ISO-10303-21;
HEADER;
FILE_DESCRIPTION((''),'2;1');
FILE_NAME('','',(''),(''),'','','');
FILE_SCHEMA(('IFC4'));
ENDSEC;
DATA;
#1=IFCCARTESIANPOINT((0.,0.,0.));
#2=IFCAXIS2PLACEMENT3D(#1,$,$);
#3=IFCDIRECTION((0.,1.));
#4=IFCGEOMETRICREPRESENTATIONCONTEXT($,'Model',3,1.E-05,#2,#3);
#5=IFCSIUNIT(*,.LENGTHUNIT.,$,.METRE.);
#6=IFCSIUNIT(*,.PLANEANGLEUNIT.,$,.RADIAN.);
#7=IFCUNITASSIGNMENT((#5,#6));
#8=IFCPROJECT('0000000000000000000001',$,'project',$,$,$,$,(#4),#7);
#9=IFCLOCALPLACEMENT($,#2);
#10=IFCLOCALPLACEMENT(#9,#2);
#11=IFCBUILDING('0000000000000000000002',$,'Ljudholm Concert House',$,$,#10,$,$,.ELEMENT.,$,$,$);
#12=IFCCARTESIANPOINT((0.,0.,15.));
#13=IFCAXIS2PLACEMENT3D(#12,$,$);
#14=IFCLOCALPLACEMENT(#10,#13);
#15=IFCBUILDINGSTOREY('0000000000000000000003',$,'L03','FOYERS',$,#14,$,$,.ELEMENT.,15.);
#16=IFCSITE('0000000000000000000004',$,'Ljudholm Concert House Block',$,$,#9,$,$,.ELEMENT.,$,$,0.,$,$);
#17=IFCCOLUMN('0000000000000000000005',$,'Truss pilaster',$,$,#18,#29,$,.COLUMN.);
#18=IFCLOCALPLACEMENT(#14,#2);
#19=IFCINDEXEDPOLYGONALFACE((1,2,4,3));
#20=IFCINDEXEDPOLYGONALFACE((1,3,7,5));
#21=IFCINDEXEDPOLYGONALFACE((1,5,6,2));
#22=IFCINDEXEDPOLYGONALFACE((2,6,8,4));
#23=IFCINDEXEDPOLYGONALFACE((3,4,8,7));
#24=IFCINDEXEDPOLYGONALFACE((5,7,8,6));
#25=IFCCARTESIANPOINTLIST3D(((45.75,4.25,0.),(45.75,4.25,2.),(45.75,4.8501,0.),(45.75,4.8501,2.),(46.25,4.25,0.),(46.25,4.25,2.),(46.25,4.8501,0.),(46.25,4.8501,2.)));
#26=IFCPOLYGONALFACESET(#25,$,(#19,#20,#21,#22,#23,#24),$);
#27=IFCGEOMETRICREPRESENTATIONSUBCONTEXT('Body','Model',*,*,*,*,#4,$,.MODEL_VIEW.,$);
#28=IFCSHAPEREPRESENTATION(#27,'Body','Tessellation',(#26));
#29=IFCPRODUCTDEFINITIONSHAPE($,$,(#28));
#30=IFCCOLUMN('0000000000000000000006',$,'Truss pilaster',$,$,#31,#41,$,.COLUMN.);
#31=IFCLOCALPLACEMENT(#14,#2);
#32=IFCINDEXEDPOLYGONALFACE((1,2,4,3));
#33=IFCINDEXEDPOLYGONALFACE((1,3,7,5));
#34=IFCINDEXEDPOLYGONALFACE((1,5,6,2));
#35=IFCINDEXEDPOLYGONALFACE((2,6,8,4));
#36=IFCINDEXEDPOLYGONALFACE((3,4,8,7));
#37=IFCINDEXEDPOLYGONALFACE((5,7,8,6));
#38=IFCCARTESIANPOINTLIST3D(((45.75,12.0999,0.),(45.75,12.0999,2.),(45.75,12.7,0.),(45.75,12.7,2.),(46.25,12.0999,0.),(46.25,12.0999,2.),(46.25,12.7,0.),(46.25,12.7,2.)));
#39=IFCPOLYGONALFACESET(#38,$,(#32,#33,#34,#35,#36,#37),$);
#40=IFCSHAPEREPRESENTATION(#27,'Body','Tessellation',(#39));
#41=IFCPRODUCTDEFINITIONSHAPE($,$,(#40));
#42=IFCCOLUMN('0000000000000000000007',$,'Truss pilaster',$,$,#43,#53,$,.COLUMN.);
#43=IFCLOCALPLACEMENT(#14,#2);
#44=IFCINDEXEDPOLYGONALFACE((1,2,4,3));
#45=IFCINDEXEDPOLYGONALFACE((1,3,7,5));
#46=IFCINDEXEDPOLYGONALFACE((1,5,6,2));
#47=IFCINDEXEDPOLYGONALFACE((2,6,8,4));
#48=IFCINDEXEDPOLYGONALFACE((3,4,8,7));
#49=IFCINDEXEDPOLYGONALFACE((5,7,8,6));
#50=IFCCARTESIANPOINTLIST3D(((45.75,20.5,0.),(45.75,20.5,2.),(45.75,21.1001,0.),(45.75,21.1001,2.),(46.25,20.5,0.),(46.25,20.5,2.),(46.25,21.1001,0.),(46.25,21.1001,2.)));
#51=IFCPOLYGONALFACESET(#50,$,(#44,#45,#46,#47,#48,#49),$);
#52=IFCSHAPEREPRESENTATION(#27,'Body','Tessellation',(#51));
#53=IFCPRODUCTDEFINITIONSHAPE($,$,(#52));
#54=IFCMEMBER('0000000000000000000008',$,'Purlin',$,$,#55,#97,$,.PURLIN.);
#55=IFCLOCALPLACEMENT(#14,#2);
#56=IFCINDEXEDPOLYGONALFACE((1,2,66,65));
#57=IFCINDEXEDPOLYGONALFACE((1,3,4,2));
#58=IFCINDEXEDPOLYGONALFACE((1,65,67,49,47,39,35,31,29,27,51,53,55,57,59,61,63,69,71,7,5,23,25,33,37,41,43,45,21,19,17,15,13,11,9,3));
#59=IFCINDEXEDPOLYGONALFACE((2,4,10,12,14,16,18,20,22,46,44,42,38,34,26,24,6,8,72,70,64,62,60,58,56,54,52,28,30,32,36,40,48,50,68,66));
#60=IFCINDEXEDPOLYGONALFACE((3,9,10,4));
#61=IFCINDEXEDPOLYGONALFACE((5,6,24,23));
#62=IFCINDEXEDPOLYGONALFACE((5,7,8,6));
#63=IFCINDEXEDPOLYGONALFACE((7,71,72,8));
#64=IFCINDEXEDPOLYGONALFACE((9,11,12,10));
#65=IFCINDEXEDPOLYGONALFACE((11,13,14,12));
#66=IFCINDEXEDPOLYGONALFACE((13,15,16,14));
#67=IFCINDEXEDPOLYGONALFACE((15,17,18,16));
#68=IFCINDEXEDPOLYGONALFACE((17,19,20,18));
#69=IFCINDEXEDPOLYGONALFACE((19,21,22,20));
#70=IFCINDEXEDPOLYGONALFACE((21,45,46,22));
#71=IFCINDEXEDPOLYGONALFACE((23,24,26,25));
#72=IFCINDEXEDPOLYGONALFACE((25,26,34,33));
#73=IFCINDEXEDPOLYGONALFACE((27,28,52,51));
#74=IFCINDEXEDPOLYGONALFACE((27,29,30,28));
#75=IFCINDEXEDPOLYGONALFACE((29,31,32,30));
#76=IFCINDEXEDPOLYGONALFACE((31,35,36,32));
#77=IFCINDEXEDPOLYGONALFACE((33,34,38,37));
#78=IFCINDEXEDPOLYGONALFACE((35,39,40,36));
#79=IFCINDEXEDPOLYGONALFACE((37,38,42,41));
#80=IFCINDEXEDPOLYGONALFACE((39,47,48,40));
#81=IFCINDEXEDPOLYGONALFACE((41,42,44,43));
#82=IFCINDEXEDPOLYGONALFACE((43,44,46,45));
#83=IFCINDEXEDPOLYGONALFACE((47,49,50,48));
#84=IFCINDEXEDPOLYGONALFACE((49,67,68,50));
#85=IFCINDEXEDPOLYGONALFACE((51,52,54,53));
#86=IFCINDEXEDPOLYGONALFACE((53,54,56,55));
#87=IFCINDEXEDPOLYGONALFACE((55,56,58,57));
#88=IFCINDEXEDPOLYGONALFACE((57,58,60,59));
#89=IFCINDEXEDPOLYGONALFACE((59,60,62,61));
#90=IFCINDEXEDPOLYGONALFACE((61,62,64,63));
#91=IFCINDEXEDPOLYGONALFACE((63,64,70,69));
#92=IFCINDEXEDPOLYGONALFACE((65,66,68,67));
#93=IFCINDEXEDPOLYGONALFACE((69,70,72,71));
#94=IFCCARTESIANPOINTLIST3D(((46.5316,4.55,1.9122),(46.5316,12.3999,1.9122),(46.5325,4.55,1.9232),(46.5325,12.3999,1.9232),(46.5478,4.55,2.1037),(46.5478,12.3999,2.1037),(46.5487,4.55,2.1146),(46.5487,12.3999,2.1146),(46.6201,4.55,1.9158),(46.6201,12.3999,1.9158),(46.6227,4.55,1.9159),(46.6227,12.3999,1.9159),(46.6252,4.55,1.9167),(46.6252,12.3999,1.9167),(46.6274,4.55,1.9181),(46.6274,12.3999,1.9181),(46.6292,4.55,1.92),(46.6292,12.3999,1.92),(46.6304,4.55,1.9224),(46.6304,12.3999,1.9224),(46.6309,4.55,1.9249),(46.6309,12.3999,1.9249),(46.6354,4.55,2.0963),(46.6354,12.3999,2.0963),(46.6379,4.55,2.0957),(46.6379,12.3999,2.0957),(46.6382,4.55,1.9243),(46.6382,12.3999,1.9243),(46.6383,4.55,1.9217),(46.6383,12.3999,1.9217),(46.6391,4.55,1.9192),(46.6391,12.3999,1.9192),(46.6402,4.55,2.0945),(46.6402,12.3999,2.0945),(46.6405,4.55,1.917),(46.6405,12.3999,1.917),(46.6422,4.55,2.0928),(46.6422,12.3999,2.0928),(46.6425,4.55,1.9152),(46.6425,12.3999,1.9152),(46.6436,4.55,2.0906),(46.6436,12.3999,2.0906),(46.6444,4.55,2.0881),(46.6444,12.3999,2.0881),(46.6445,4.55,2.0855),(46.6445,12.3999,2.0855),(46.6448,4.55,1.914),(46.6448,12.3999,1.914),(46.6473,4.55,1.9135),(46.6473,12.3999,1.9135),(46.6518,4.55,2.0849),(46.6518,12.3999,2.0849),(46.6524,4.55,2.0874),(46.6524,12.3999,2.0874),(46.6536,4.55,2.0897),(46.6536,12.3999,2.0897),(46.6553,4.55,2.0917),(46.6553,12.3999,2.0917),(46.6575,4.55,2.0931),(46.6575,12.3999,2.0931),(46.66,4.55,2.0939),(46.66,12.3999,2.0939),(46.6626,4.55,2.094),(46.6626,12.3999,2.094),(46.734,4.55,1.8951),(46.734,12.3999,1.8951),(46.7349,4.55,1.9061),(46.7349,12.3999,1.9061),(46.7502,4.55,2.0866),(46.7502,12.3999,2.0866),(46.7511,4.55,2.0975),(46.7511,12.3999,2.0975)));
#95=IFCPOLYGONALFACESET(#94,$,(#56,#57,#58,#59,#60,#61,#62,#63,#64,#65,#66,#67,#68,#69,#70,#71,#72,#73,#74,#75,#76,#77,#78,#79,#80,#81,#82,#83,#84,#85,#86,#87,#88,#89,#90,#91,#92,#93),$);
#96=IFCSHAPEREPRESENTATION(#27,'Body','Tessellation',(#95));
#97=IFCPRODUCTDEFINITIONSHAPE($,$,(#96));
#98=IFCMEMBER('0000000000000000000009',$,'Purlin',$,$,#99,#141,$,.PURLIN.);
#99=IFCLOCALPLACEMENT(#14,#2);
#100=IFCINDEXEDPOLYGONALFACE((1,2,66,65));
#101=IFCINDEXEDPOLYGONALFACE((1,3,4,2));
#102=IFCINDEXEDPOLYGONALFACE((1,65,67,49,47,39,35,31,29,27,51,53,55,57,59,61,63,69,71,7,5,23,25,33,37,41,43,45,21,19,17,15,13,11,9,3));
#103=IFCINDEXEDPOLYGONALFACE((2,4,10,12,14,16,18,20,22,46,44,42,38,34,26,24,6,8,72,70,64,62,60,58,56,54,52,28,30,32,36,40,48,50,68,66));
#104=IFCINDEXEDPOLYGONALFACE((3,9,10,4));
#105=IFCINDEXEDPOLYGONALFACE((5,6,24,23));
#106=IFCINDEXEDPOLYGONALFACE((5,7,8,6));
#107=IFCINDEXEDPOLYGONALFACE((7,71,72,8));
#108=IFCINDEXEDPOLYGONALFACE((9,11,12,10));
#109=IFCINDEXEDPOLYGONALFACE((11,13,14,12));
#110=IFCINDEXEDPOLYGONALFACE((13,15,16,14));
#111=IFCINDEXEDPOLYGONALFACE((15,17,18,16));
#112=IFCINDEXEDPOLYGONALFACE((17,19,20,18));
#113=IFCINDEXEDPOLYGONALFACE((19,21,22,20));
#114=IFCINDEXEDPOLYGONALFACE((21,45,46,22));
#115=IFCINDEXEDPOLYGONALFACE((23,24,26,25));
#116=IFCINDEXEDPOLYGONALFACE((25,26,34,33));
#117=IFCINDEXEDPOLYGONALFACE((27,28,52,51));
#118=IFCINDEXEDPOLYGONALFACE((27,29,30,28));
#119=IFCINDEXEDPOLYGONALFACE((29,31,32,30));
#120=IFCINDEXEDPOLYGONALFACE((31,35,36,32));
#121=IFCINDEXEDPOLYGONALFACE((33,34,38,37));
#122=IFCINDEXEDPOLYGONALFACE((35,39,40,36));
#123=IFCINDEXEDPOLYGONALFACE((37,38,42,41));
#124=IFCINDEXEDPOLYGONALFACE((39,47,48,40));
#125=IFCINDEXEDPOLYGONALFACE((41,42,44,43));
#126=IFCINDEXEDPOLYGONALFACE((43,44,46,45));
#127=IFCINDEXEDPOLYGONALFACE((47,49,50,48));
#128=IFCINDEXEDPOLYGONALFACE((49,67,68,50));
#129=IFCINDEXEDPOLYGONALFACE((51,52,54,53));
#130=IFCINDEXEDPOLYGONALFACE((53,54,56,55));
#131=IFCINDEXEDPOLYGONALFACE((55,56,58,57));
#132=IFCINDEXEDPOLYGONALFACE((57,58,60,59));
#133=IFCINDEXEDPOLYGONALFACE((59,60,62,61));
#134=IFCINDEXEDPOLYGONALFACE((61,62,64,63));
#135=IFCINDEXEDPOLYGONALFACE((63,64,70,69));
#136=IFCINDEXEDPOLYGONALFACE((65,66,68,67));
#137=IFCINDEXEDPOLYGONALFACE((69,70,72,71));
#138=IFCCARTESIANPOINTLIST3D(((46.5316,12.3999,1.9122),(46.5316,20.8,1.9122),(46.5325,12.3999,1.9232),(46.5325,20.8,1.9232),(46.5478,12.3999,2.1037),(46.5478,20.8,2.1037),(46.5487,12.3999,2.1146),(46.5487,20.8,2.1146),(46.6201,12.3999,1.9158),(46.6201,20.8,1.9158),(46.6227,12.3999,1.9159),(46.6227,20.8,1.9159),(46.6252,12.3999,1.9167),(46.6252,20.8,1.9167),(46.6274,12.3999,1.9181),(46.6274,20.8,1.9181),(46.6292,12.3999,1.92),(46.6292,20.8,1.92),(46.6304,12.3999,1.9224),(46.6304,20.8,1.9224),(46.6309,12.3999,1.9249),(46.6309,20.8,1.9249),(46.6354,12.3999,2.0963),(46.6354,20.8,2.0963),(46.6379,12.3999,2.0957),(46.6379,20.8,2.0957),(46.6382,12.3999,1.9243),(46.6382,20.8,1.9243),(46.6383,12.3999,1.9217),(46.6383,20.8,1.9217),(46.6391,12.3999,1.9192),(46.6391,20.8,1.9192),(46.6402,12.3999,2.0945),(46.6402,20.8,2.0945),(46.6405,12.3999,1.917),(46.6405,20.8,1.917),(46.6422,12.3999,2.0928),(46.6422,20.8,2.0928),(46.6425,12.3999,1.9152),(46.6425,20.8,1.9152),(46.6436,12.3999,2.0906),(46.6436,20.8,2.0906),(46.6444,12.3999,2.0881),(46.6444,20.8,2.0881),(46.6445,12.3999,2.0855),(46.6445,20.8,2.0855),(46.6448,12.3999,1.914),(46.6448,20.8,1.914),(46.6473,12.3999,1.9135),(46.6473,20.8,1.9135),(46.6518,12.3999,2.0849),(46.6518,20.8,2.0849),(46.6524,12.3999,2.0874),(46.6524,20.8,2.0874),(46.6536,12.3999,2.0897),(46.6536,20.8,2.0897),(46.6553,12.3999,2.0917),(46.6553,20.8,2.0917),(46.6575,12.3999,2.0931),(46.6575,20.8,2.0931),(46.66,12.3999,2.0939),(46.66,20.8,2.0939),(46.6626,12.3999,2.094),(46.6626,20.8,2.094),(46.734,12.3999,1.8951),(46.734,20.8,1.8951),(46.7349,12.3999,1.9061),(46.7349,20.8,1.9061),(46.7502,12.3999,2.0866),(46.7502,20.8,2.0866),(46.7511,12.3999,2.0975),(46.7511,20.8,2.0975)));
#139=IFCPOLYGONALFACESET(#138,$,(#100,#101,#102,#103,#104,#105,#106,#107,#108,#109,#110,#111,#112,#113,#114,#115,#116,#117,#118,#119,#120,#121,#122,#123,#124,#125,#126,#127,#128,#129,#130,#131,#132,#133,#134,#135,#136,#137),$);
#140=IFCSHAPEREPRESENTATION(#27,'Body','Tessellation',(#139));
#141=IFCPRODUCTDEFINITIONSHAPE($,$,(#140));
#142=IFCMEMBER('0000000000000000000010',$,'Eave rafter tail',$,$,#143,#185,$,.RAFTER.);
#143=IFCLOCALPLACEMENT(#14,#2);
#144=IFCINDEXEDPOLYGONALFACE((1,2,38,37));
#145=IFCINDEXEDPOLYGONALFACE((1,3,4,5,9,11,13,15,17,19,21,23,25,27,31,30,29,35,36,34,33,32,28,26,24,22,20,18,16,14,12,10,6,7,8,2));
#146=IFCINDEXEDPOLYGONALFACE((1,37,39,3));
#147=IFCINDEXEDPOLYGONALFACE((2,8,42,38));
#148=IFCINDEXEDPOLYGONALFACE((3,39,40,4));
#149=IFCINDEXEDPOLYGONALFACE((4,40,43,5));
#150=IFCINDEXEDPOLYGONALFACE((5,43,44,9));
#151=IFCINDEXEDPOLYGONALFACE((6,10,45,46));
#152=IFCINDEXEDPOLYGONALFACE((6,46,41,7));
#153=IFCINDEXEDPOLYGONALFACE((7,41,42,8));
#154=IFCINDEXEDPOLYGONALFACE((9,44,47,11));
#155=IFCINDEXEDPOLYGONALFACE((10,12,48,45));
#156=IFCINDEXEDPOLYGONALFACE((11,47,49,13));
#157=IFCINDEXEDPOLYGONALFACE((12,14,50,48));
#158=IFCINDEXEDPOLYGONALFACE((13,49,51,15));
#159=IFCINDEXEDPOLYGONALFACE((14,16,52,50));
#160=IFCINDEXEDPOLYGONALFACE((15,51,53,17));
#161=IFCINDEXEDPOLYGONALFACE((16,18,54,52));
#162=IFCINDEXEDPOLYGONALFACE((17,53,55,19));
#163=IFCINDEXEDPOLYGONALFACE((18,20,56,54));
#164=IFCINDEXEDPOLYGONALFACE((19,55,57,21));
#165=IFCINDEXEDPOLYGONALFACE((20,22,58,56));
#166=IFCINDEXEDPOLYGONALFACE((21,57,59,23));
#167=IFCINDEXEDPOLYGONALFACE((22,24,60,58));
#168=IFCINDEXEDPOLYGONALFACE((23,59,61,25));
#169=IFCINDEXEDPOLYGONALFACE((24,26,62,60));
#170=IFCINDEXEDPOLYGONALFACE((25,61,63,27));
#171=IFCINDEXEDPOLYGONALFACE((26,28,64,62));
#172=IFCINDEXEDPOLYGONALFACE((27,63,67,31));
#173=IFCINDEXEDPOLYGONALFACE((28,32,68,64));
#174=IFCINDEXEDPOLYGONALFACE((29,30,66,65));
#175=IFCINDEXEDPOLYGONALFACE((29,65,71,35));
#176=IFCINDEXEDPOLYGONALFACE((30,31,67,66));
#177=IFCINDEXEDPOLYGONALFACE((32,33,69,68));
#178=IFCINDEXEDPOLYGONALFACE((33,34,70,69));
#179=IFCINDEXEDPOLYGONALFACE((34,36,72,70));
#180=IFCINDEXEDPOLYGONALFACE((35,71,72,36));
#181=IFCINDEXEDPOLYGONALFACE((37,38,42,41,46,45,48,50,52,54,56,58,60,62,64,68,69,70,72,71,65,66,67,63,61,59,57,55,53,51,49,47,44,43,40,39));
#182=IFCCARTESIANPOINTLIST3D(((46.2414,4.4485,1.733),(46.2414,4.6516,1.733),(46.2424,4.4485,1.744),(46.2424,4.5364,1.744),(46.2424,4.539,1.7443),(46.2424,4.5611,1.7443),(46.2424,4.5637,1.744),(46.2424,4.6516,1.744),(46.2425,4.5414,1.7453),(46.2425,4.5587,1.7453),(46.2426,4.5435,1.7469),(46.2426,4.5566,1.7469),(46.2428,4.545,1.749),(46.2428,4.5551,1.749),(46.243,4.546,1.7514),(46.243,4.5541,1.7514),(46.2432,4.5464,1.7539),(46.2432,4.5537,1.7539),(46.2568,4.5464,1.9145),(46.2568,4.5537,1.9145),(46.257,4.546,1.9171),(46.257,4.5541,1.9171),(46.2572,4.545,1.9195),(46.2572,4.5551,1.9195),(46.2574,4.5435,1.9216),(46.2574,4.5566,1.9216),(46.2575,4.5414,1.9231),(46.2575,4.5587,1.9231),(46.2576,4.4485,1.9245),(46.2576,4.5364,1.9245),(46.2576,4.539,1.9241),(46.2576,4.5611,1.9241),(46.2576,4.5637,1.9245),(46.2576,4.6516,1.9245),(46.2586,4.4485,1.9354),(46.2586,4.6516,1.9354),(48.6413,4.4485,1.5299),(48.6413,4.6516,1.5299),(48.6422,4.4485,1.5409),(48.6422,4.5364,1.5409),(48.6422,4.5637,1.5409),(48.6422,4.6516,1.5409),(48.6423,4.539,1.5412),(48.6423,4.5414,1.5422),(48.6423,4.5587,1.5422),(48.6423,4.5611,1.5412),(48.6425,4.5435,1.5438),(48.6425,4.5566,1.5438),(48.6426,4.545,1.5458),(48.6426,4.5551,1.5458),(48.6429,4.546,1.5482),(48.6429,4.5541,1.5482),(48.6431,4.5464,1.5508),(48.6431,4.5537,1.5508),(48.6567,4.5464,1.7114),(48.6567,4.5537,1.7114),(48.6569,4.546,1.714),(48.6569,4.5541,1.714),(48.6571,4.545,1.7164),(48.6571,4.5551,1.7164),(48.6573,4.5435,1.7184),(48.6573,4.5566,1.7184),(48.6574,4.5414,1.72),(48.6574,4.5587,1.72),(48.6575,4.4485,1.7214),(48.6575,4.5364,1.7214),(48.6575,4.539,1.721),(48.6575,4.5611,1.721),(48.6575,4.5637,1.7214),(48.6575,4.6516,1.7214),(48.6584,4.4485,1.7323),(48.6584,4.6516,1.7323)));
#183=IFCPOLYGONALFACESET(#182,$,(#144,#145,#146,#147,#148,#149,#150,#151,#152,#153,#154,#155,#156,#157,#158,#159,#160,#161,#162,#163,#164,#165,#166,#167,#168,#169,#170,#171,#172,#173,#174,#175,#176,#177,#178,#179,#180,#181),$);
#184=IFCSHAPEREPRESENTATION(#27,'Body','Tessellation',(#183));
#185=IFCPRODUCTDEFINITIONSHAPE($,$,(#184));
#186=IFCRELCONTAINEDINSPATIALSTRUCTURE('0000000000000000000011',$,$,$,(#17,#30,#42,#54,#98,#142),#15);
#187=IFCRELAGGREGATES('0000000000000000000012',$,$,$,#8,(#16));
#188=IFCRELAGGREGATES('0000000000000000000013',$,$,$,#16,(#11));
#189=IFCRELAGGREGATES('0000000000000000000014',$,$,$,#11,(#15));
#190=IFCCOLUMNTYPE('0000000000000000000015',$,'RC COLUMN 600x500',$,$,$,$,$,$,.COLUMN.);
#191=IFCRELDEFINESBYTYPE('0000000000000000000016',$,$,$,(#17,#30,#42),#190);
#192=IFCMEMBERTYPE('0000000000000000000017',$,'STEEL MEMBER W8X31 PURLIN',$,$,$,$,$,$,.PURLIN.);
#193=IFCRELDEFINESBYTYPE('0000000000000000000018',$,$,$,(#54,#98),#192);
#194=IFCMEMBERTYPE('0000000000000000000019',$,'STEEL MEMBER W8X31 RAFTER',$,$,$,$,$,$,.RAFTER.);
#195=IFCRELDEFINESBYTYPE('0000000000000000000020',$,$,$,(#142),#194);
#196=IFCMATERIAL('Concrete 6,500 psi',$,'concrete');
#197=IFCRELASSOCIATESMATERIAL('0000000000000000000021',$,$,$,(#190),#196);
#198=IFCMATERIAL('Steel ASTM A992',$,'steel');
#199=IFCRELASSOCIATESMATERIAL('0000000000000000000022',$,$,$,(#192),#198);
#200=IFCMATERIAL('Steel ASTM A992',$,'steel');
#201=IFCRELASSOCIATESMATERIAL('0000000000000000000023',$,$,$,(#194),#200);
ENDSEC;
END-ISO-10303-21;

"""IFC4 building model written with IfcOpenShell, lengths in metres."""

from ifc_helpers import new_model, si_unit, direction, frame, origin, origin_2d, place, context, subcontext, project, spatial, rectangle, i_section, extrude, material, material_profile, profile_set, type_object, element, save


model = new_model("IFC4")

# Units and contexts
model_context = context("Model", 3, precision=1e-05, world=origin(), true_north=direction((0.0, 1.0)))
body_context = subcontext(model_context, "Body", "Model", "MODEL_VIEW")
ifc_project = project(units=[si_unit("LENGTHUNIT", "METRE"), si_unit("PLANEANGLEUNIT", "RADIAN")], contexts=[model_context])

# Site, building, storey
site_placement = place(None, origin())
site = spatial("IfcSite", under=ifc_project, at=site_placement, Name="Ljudholm Concert House Block", CompositionType="ELEMENT", RefElevation=0.0)
building_placement = place(site_placement, origin())
building = spatial("IfcBuilding", under=site, at=building_placement, Name="Ljudholm Concert House", CompositionType="ELEMENT")
storey_placement = place(building_placement, frame((0.0, 0.0, 15.0)))
storey = spatial("IfcBuildingStorey", under=building, at=storey_placement, Name="L03", Description="FOYERS", CompositionType="ELEMENT", Elevation=15.0)

# Columns
ifc_material_1 = material(Name="Concrete 6,500 psi", Category="concrete")
ifc_material_profile_1 = material_profile(ifc_material_1, rectangle(XDim=0.6001, YDim=0.5, at=origin_2d()), Name="RC COLUMN 600x500")
ifc_profile_set_1 = profile_set([ifc_material_profile_1], Name="Concrete 6,500 psi")
column_type = type_object("IfcColumnType", Name="RC COLUMN 600x500", PredefinedType="COLUMN", material=ifc_profile_set_1)
for number, where, z_axis, x_axis, name in (
    (1, (46.0, 4.55, 0.0), (0.0, 0.0, 1.0), (0.0, 1.0, 0.0), "Truss pilaster"),
    (2, (46.0, 12.3999, 0.0), (0.0, 0.0, 1.0), (0.0, 1.0, 0.0), "Truss pilaster"),
    (3, (46.0, 20.8, 0.0), (0.0, 0.0, 1.0), (0.0, 1.0, 0.0), "Truss pilaster"),
):
    element("IfcColumn", number, at=place(storey_placement, frame(where, z_axis=z_axis, x_axis=x_axis)), inside=storey, type_object=column_type, Name=name, PredefinedType="COLUMN", context=body_context, shape_type="SweptSolid", body=[
        extrude(rectangle(XDim=0.6001, YDim=0.5, at=origin_2d()), origin(), (0.0, 0.0, 1.0), 2.0),
    ])

# Members
ifc_material_2 = material(Name="Steel ASTM A992", Category="steel")
ifc_material_profile_2 = material_profile(ifc_material_2, i_section(OverallWidth=0.2031, OverallDepth=0.2031, WebThickness=0.0073, FlangeThickness=0.011, FilletRadius=0.01, at=origin_2d()), Name="W8X31")
ifc_profile_set_2 = profile_set([ifc_material_profile_2], Name="Steel ASTM A992")
member_type_1 = type_object("IfcMemberType", Name="STEEL MEMBER W8X31 PURLIN", PredefinedType="PURLIN", material=ifc_profile_set_2)
member_1_placement = place(storey_placement, frame((46.6414, 4.55, 2.0049), z_axis=(0.0, 1.0, 0.0), x_axis=(-0.996441, 0.0, 0.084291)))
element("IfcMember", 4, at=member_1_placement, inside=storey, type_object=member_type_1, Name="Purlin", PredefinedType="PURLIN", context=body_context, shape_type="SweptSolid", body=[
    extrude(i_section(OverallWidth=0.2031, OverallDepth=0.2031, WebThickness=0.0073, FlangeThickness=0.011, FilletRadius=0.01, at=origin_2d()), origin(), (0.0, 0.0, 1.0), 7.8499),
])
member_2_placement = place(storey_placement, frame((46.6414, 12.3999, 2.0049), z_axis=(0.0, 1.0, 0.0), x_axis=(-0.996441, 0.0, 0.084291)))
element("IfcMember", 5, at=member_2_placement, inside=storey, type_object=member_type_1, Name="Purlin", PredefinedType="PURLIN", context=body_context, shape_type="SweptSolid", body=[
    extrude(i_section(OverallWidth=0.2031, OverallDepth=0.2031, WebThickness=0.0073, FlangeThickness=0.011, FilletRadius=0.01, at=origin_2d()), origin(), (0.0, 0.0, 1.0), 8.4001),
])
ifc_material_3 = material(Name="Steel ASTM A992", Category="steel")
ifc_material_profile_3 = material_profile(ifc_material_3, i_section(OverallWidth=0.2031, OverallDepth=0.2031, WebThickness=0.0073, FlangeThickness=0.011, FilletRadius=0.01, at=origin_2d()), Name="W8X31")
ifc_profile_set_3 = profile_set([ifc_material_profile_3], Name="Steel ASTM A992")
member_type_2 = type_object("IfcMemberType", Name="STEEL MEMBER W8X31 RAFTER", PredefinedType="RAFTER", material=ifc_profile_set_3)
for number, where, z_axis, x_axis, name in (
    (6, (46.25, 4.55, 1.8342), (0.996437, 0.0, -0.084337), (0.0, 1.0, 0.0), "Eave rafter tail"),
):
    element("IfcMember", number, at=place(storey_placement, frame(where, z_axis=z_axis, x_axis=x_axis)), inside=storey, type_object=member_type_2, Name=name, PredefinedType="RAFTER", context=body_context, shape_type="SweptSolid", body=[
        extrude(i_section(OverallWidth=0.2031, OverallDepth=0.2031, WebThickness=0.0073, FlangeThickness=0.011, FilletRadius=0.01, at=origin_2d()), origin(), (0.0, 0.0, 1.0), 2.4084),
    ])

save(model, "model.ifc")
